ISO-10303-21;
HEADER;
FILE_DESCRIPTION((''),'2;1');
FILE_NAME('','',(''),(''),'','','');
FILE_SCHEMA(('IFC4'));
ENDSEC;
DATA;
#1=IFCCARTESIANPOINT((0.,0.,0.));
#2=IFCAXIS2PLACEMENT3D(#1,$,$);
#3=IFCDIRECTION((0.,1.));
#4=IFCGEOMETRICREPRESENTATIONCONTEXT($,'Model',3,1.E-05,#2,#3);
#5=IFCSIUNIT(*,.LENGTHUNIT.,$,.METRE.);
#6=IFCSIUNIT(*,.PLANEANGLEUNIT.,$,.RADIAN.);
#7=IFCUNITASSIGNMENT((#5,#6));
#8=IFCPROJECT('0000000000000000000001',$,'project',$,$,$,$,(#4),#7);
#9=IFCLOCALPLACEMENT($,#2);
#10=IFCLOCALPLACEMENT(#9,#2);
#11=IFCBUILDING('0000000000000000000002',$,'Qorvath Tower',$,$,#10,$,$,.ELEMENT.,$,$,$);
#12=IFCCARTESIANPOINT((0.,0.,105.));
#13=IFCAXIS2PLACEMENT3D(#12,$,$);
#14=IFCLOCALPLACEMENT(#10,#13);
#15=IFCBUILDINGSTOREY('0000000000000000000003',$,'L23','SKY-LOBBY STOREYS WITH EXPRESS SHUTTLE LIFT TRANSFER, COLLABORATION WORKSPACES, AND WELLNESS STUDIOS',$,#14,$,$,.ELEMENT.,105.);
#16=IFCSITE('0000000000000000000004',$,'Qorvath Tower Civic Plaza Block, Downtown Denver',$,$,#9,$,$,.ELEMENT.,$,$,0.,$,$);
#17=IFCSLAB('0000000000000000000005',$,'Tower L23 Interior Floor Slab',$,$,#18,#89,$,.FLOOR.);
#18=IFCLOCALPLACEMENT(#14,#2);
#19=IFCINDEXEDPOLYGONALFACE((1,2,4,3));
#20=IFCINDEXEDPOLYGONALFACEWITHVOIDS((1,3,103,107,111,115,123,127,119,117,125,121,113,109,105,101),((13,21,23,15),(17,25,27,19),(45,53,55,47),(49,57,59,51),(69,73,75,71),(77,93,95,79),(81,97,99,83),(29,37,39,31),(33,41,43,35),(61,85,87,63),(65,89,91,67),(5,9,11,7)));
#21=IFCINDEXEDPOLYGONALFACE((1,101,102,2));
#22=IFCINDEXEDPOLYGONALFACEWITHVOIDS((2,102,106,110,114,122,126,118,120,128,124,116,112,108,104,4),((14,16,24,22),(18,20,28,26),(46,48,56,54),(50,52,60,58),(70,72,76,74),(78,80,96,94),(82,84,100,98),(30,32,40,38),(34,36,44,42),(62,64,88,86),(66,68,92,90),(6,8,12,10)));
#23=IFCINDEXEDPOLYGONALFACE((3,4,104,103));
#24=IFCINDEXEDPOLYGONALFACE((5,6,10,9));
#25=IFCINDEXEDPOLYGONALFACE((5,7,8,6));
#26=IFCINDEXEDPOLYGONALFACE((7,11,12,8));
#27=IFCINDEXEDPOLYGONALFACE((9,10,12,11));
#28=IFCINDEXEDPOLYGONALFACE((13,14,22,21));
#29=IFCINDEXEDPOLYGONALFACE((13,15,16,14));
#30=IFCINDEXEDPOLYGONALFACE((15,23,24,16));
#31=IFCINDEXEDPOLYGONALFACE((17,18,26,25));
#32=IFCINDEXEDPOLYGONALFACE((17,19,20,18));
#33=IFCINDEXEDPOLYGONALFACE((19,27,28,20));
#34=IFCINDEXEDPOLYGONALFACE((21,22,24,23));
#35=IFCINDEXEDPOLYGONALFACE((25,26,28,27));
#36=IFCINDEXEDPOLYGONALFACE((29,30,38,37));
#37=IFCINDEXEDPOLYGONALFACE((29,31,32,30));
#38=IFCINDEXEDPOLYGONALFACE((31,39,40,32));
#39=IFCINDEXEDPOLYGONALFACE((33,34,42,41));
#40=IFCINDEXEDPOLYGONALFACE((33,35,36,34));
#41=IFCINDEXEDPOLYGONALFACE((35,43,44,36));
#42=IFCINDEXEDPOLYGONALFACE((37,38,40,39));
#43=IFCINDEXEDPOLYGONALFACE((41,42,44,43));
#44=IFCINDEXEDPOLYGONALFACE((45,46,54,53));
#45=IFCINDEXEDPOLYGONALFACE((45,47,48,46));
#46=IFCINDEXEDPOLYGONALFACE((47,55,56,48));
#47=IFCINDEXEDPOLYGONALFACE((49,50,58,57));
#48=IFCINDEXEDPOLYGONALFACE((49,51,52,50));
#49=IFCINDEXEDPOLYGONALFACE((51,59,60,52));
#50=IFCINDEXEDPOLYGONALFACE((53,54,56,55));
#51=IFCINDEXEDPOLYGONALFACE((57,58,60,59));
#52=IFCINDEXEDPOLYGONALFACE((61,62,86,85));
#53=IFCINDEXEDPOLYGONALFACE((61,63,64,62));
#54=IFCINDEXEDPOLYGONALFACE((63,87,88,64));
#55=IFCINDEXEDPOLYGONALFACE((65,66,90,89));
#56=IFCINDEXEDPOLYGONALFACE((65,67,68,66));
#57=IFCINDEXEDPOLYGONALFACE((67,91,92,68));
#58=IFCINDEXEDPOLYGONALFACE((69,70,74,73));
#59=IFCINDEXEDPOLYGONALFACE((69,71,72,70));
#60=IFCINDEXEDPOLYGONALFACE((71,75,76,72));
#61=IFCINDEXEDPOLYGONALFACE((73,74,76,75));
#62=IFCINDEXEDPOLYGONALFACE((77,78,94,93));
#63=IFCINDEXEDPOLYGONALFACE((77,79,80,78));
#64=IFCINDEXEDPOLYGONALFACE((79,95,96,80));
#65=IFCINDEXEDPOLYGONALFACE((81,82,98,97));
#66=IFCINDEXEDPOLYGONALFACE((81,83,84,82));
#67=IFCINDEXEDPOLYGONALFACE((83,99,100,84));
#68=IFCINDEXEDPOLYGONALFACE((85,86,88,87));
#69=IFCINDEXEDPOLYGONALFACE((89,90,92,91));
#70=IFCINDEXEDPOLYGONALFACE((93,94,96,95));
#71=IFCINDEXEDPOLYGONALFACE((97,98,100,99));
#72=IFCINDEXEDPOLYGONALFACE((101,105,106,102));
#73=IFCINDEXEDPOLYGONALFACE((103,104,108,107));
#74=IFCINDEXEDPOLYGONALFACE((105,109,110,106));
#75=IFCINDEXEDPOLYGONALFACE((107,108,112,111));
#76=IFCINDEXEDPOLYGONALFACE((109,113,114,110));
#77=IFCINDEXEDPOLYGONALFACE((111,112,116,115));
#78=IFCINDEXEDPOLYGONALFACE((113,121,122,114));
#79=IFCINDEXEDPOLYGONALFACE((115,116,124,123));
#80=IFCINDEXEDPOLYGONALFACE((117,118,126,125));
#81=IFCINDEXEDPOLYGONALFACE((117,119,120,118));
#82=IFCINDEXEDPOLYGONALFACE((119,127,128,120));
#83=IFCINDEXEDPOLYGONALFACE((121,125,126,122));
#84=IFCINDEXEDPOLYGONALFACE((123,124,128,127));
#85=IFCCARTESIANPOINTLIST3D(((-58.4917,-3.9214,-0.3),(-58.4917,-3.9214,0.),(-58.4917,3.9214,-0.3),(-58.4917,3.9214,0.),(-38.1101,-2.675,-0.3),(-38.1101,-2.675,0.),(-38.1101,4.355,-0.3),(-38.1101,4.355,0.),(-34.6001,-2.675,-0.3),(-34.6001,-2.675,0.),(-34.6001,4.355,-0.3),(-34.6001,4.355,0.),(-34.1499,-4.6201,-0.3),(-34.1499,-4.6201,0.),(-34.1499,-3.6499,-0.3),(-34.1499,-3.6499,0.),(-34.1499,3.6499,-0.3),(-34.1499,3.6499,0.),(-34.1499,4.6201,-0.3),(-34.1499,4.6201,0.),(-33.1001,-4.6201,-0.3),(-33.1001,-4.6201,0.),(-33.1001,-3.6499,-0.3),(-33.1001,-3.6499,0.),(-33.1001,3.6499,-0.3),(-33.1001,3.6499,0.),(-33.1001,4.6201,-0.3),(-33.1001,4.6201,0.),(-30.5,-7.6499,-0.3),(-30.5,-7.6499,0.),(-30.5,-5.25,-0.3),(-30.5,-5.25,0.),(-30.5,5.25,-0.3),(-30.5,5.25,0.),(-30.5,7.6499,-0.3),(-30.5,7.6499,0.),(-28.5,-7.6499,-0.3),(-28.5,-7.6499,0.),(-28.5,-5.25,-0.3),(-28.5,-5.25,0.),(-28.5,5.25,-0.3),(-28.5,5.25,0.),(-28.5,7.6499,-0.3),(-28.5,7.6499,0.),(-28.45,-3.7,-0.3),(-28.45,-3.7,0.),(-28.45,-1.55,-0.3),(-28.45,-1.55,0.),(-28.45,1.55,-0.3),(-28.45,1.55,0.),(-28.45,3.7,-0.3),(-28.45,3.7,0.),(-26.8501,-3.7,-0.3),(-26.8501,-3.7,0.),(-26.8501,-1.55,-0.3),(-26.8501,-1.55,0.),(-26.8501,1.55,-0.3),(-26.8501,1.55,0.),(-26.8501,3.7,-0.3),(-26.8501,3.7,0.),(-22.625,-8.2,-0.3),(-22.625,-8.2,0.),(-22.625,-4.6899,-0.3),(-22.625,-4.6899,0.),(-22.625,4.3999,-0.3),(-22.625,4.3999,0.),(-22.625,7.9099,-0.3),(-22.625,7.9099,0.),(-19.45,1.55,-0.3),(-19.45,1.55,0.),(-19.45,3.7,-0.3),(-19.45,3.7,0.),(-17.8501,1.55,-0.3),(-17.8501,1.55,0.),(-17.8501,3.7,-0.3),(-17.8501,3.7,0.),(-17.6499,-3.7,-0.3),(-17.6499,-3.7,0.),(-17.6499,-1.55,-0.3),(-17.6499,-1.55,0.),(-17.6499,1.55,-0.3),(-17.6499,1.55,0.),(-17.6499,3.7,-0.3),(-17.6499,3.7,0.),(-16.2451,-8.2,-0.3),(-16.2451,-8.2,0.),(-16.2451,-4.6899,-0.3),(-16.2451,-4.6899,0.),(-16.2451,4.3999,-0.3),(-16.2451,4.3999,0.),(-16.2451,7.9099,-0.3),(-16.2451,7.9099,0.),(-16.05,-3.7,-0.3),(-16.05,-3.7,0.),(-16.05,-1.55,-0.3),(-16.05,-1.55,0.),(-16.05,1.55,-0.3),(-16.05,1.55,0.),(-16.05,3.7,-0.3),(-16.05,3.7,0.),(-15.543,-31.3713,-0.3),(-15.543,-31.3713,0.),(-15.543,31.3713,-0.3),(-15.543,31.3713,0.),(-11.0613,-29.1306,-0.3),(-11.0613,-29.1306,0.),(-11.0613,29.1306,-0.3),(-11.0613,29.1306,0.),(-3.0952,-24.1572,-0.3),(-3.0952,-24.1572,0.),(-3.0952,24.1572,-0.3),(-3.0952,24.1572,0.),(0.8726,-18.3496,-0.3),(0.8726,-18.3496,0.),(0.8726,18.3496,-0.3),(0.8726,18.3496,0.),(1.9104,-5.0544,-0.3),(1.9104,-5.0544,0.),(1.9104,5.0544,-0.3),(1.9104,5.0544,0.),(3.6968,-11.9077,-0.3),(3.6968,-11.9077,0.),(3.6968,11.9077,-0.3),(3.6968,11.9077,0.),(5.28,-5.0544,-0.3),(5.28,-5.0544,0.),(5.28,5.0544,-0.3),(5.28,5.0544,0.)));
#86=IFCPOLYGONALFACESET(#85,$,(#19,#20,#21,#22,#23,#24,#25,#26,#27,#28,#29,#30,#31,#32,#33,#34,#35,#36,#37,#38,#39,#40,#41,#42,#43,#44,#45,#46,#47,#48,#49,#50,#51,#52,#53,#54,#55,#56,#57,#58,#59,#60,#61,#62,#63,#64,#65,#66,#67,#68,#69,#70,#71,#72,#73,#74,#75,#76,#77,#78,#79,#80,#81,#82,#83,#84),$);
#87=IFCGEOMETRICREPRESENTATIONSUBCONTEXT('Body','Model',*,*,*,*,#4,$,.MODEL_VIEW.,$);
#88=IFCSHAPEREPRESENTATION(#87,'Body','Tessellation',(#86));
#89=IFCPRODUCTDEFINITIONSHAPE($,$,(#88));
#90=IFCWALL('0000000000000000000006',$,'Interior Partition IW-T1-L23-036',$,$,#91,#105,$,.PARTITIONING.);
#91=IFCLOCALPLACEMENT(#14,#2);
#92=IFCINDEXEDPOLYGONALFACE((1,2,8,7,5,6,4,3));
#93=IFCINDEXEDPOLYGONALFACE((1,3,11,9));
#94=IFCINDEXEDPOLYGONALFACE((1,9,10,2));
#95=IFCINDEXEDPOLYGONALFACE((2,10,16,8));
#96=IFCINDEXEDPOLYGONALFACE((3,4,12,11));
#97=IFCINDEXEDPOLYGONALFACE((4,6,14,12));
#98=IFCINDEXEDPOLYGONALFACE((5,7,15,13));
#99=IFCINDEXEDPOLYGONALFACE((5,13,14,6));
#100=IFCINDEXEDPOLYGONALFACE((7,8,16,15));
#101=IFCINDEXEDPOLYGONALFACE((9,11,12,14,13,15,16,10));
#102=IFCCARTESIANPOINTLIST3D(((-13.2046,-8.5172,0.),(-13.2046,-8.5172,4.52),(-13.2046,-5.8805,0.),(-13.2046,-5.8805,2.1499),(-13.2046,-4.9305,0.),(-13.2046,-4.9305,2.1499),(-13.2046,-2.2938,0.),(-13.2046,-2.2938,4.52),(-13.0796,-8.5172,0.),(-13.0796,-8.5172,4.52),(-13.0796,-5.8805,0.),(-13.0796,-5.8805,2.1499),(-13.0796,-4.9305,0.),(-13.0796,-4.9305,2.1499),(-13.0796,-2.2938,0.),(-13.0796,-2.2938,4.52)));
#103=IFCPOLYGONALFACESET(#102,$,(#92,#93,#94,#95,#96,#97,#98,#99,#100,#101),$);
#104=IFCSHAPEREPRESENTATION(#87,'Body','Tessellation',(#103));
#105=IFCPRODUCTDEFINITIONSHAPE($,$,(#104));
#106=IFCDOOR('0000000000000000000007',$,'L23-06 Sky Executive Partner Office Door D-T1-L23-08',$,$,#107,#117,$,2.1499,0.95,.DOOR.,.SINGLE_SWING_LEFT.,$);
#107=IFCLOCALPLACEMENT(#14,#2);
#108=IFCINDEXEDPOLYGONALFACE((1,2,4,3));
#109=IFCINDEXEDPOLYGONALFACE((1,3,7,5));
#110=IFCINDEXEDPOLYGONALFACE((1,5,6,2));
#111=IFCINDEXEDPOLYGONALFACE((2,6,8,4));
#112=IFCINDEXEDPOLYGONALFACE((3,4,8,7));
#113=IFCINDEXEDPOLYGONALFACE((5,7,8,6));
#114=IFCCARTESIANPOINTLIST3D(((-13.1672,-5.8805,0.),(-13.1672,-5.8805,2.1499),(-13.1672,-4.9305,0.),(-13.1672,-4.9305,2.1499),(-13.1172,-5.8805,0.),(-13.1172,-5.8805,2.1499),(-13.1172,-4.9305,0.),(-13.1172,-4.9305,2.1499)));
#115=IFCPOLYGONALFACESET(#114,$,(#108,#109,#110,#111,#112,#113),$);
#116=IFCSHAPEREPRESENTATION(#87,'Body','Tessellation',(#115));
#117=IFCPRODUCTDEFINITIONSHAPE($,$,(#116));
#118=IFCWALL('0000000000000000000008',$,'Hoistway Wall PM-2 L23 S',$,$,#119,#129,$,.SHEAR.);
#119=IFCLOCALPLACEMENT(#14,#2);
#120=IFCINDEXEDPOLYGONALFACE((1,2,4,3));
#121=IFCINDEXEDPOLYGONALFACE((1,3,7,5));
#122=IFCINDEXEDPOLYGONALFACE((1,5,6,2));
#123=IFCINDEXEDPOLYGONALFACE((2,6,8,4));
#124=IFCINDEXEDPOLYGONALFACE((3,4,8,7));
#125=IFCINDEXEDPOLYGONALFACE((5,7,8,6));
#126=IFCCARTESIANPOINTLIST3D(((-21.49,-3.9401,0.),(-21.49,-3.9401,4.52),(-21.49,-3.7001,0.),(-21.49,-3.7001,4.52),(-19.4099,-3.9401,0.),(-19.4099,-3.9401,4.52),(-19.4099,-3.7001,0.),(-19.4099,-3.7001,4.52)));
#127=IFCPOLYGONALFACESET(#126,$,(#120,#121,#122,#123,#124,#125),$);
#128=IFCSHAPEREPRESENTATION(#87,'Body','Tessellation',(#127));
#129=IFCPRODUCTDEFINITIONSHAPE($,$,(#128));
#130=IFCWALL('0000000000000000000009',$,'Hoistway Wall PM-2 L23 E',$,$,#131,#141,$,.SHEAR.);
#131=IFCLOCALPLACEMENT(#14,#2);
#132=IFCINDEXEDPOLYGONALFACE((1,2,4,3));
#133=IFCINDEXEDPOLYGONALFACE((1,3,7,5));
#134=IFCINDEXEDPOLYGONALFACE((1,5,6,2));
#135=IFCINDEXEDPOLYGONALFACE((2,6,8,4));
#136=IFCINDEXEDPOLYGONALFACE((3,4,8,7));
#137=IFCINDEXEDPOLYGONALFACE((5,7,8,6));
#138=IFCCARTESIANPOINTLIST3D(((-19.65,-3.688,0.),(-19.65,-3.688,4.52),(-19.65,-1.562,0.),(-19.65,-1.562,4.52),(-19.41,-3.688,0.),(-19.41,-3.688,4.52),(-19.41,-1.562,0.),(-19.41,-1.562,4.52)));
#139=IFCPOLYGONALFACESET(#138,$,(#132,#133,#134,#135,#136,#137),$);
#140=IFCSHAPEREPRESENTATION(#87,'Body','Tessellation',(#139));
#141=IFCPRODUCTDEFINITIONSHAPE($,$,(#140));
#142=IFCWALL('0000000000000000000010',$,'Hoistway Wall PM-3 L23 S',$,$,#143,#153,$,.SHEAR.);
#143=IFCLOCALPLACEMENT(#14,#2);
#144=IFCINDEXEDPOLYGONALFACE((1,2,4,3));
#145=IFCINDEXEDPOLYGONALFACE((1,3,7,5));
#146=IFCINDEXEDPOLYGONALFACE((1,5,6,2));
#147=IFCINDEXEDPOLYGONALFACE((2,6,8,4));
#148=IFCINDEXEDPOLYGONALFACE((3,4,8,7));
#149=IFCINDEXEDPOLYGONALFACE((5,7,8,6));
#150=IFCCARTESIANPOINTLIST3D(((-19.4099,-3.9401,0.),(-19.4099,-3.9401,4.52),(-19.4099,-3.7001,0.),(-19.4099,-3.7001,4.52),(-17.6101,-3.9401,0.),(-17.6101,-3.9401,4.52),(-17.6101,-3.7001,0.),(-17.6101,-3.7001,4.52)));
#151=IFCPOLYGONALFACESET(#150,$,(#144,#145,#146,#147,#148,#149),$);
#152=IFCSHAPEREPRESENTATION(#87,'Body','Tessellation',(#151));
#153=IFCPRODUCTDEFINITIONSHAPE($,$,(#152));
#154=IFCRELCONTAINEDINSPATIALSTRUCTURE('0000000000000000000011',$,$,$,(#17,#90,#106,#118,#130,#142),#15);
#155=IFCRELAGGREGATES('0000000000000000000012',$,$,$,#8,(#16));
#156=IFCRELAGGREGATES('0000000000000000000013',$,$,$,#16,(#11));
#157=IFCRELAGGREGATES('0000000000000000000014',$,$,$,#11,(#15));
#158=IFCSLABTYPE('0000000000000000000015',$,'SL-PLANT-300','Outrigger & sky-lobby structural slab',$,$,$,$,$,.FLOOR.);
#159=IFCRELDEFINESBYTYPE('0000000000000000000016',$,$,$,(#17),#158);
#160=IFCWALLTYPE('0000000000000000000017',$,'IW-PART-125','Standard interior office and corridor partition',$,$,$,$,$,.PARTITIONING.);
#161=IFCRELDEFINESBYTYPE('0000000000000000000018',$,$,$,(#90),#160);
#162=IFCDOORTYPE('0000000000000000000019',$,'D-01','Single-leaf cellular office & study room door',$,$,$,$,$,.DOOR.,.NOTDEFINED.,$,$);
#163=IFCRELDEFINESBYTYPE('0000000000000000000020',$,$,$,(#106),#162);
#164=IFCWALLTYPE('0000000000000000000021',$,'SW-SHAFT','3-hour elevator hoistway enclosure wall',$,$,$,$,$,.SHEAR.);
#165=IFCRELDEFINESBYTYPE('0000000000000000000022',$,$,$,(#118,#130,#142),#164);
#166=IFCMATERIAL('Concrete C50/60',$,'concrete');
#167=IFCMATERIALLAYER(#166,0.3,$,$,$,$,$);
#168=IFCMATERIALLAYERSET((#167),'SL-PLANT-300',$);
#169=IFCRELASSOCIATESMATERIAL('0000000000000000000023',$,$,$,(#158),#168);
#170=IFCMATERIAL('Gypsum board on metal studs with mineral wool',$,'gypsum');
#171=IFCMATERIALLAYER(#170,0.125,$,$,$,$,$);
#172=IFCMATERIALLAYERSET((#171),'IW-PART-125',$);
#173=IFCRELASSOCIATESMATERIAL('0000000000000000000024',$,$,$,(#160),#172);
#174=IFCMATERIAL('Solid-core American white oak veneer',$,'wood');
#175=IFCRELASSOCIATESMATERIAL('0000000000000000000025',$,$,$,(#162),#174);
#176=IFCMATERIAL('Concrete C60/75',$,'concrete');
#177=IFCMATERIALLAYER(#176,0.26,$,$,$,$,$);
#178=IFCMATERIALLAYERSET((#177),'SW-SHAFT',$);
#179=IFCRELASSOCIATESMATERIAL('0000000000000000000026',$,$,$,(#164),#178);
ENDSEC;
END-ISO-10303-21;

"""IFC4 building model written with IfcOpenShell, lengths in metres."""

from ifc_helpers import new_model, si_unit, direction, frame, frame_2d, origin, place, context, subcontext, project, spatial, polyline, rectangle, outline, extrude, material, layer, layer_set, type_object, element, fill, save


model = new_model("IFC4")

# Units and contexts
model_context = context("Model", 3, precision=1e-05, world=origin(), true_north=direction((0.0, 1.0)))
body_context = subcontext(model_context, "Body", "Model", "MODEL_VIEW")
ifc_project = project(units=[si_unit("LENGTHUNIT", "METRE"), si_unit("PLANEANGLEUNIT", "RADIAN")], contexts=[model_context])

# Site, building, storey
site_placement = place(None, origin())
site = spatial("IfcSite", under=ifc_project, at=site_placement, Name="Qorvath Tower Civic Plaza Block, Downtown Denver", CompositionType="ELEMENT", RefElevation=0.0)
building_placement = place(site_placement, origin())
building = spatial("IfcBuilding", under=site, at=building_placement, Name="Qorvath Tower", CompositionType="ELEMENT")
storey_placement = place(building_placement, frame((0.0, 0.0, 105.0)))
storey = spatial("IfcBuildingStorey", under=building, at=storey_placement, Name="L23", Description="SKY-LOBBY STOREYS WITH EXPRESS SHUTTLE LIFT TRANSFER, COLLABORATION WORKSPACES, AND WELLNESS STUDIOS", CompositionType="ELEMENT", Elevation=105.0)

# Slab
ifc_material_1 = material(Name="Concrete C50/60", Category="concrete")
ifc_layer_1 = layer(ifc_material_1, 0.3)
ifc_layer_set_1 = layer_set([ifc_layer_1], Name="SL-PLANT-300")
slab_type_1 = type_object("IfcSlabType", Name="SL-PLANT-300", Description="Outrigger & sky-lobby structural slab", PredefinedType="FLOOR", material=ifc_layer_set_1)
slab_1_placement = place(storey_placement, frame((0.0, 0.0, -0.3)))
element("IfcSlab", 1, at=slab_1_placement, inside=storey, type_object=slab_type_1, Name="Tower L23 Interior Floor Slab", PredefinedType="FLOOR", context=body_context, shape_type="SweptSolid", body=[
    extrude(outline(polyline([(-58.4917, 3.9214), (-58.4917, -3.9214), (-15.543, -31.3713), (-11.0613, -29.1306), (-3.0952, -24.1572), (0.8726, -18.3496), (3.6968, -11.9077), (5.28, -5.0544), (1.9104, -5.0544), (1.9104, 5.0544), (5.28, 5.0544), (3.6968, 11.9077), (0.8726, 18.3496), (-3.0952, 24.1572), (-11.0613, 29.1306), (-15.543, 31.3713), (-58.4917, 3.9214)]), holes=[polyline([(-17.6499, -3.7), (-17.6499, -1.55), (-16.05, -1.55), (-16.05, -3.7), (-17.6499, -3.7)]), polyline([(-17.6499, 1.55), (-17.6499, 3.7), (-16.05, 3.7), (-16.05, 1.55), (-17.6499, 1.55)]), polyline([(-16.2451, -8.2), (-22.625, -8.2), (-22.625, -4.6899), (-16.2451, -4.6899), (-16.2451, -8.2)]), polyline([(-22.625, 4.3999), (-22.625, 7.9099), (-16.2451, 7.9099), (-16.2451, 4.3999), (-22.625, 4.3999)]), polyline([(-17.8501, 1.55), (-19.45, 1.55), (-19.45, 3.7), (-17.8501, 3.7), (-17.8501, 1.55)]), polyline([(-28.45, -3.7), (-28.45, -1.55), (-26.8501, -1.55), (-26.8501, -3.7), (-28.45, -3.7)]), polyline([(-26.8501, 1.55), (-28.45, 1.55), (-28.45, 3.7), (-26.8501, 3.7), (-26.8501, 1.55)]), polyline([(-28.5, -7.6499), (-30.5, -7.6499), (-30.5, -5.25), (-28.5, -5.25), (-28.5, -7.6499)]), polyline([(-30.5, 5.25), (-30.5, 7.6499), (-28.5, 7.6499), (-28.5, 5.25), (-30.5, 5.25)]), polyline([(-34.1499, -4.6201), (-34.1499, -3.6499), (-33.1001, -3.6499), (-33.1001, -4.6201), (-34.1499, -4.6201)]), polyline([(-34.1499, 3.6499), (-34.1499, 4.6201), (-33.1001, 4.6201), (-33.1001, 3.6499), (-34.1499, 3.6499)]), polyline([(-34.6001, -2.675), (-38.1101, -2.675), (-38.1101, 4.355), (-34.6001, 4.355), (-34.6001, -2.675)])]), origin(), (0.0, 0.0, 1.0), 0.3),
])

# Wall, opening, door
ifc_material_2 = material(Name="Gypsum board on metal studs with mineral wool", Category="gypsum")
ifc_layer_2 = layer(ifc_material_2, 0.125)
ifc_layer_set_2 = layer_set([ifc_layer_2], Name="IW-PART-125")
wall_type_1 = type_object("IfcWallType", Name="IW-PART-125", Description="Standard interior office and corridor partition", PredefinedType="PARTITIONING", material=ifc_layer_set_2)
wall_1_placement = place(storey_placement, frame((-13.1421, -2.2937, 0.0), z_axis=(0.0, 0.0, 1.0), x_axis=(0.0, -1.0, 0.0)))
wall_1 = element("IfcWall", 2, at=wall_1_placement, inside=storey, type_object=wall_type_1, Name="Interior Partition IW-T1-L23-036", PredefinedType="PARTITIONING", context=body_context, shape_type="SweptSolid", body=[
    extrude(rectangle(XDim=6.2234, YDim=0.125, at=frame_2d((3.1118, 0.0))), origin(), (0.0, 0.0, 1.0), 4.52),
])
opening_1_placement = place(wall_1_placement, frame((2.6367, 0.0, 0.0)))
opening_1 = element("IfcOpeningElement", 3, at=opening_1_placement, cuts=wall_1, PredefinedType="OPENING", context=body_context, shape_type="SweptSolid", body=[
    extrude(rectangle(XDim=0.95, YDim=2.1499, at=frame_2d((0.4751, 1.075))), frame((0.0, 0.0725, 0.0), z_axis=(0.0, -1.0, 0.0), x_axis=(1.0, 0.0, 0.0)), (0.0, 0.0, 1.0), 0.145),
])
ifc_material_3 = material(Name="Solid-core American white oak veneer", Category="wood")
door_type_1 = type_object("IfcDoorType", Name="D-01", Description="Single-leaf cellular office & study room door", OperationType="NOTDEFINED", PredefinedType="DOOR", material=ifc_material_3)
door_1_placement = place(opening_1_placement, origin())
door_1 = element("IfcDoor", 4, at=door_1_placement, inside=storey, type_object=door_type_1, Name="L23-06 Sky Executive Partner Office Door D-T1-L23-08", OperationType="SINGLE_SWING_LEFT", OverallHeight=2.1499, OverallWidth=0.95, PredefinedType="DOOR", context=body_context, shape_type="SweptSolid", body=[
    extrude(rectangle(XDim=0.95, YDim=2.1499, at=frame_2d((0.4751, 1.075))), frame((0.0, 0.0249, 0.0), z_axis=(0.0, -1.0, 0.0), x_axis=(1.0, 0.0, 0.0)), (0.0, 0.0, 1.0), 0.05),
])
fill(opening_1, door_1)

# Walls
ifc_material_4 = material(Name="Concrete C60/75", Category="concrete")
ifc_layer_3 = layer(ifc_material_4, 0.26)
ifc_layer_set_3 = layer_set([ifc_layer_3], Name="SW-SHAFT")
wall_type_2 = type_object("IfcWallType", Name="SW-SHAFT", Description="3-hour elevator hoistway enclosure wall", PredefinedType="SHEAR", material=ifc_layer_set_3)
wall_2_placement = place(storey_placement, frame((-19.4099, -3.8201, 0.0), z_axis=(0.0, 0.0, 1.0), x_axis=(-1.0, 0.0, 0.0)))
element("IfcWall", 5, at=wall_2_placement, inside=storey, type_object=wall_type_2, Name="Hoistway Wall PM-2 L23 S", PredefinedType="SHEAR", context=body_context, shape_type="SweptSolid", body=[
    extrude(rectangle(XDim=2.0801, YDim=0.24, at=frame_2d((1.04, 0.0))), origin(), (0.0, 0.0, 1.0), 4.52),
])
wall_3_placement = place(storey_placement, frame((-19.53, -1.562, 0.0), z_axis=(0.0, 0.0, 1.0), x_axis=(0.0, -1.0, 0.0)))
element("IfcWall", 6, at=wall_3_placement, inside=storey, type_object=wall_type_2, Name="Hoistway Wall PM-2 L23 E", PredefinedType="SHEAR", context=body_context, shape_type="SweptSolid", body=[
    extrude(rectangle(XDim=2.126, YDim=0.24, at=frame_2d((1.063, 0.0))), origin(), (0.0, 0.0, 1.0), 4.52),
])
wall_4_placement = place(storey_placement, frame((-17.6101, -3.8201, 0.0), z_axis=(0.0, 0.0, 1.0), x_axis=(-1.0, 0.0, 0.0)))
element("IfcWall", 7, at=wall_4_placement, inside=storey, type_object=wall_type_2, Name="Hoistway Wall PM-3 L23 S", PredefinedType="SHEAR", context=body_context, shape_type="SweptSolid", body=[
    extrude(rectangle(XDim=1.7998, YDim=0.24, at=frame_2d((0.8999, 0.0))), origin(), (0.0, 0.0, 1.0), 4.52),
])

save(model, "model.ifc")
